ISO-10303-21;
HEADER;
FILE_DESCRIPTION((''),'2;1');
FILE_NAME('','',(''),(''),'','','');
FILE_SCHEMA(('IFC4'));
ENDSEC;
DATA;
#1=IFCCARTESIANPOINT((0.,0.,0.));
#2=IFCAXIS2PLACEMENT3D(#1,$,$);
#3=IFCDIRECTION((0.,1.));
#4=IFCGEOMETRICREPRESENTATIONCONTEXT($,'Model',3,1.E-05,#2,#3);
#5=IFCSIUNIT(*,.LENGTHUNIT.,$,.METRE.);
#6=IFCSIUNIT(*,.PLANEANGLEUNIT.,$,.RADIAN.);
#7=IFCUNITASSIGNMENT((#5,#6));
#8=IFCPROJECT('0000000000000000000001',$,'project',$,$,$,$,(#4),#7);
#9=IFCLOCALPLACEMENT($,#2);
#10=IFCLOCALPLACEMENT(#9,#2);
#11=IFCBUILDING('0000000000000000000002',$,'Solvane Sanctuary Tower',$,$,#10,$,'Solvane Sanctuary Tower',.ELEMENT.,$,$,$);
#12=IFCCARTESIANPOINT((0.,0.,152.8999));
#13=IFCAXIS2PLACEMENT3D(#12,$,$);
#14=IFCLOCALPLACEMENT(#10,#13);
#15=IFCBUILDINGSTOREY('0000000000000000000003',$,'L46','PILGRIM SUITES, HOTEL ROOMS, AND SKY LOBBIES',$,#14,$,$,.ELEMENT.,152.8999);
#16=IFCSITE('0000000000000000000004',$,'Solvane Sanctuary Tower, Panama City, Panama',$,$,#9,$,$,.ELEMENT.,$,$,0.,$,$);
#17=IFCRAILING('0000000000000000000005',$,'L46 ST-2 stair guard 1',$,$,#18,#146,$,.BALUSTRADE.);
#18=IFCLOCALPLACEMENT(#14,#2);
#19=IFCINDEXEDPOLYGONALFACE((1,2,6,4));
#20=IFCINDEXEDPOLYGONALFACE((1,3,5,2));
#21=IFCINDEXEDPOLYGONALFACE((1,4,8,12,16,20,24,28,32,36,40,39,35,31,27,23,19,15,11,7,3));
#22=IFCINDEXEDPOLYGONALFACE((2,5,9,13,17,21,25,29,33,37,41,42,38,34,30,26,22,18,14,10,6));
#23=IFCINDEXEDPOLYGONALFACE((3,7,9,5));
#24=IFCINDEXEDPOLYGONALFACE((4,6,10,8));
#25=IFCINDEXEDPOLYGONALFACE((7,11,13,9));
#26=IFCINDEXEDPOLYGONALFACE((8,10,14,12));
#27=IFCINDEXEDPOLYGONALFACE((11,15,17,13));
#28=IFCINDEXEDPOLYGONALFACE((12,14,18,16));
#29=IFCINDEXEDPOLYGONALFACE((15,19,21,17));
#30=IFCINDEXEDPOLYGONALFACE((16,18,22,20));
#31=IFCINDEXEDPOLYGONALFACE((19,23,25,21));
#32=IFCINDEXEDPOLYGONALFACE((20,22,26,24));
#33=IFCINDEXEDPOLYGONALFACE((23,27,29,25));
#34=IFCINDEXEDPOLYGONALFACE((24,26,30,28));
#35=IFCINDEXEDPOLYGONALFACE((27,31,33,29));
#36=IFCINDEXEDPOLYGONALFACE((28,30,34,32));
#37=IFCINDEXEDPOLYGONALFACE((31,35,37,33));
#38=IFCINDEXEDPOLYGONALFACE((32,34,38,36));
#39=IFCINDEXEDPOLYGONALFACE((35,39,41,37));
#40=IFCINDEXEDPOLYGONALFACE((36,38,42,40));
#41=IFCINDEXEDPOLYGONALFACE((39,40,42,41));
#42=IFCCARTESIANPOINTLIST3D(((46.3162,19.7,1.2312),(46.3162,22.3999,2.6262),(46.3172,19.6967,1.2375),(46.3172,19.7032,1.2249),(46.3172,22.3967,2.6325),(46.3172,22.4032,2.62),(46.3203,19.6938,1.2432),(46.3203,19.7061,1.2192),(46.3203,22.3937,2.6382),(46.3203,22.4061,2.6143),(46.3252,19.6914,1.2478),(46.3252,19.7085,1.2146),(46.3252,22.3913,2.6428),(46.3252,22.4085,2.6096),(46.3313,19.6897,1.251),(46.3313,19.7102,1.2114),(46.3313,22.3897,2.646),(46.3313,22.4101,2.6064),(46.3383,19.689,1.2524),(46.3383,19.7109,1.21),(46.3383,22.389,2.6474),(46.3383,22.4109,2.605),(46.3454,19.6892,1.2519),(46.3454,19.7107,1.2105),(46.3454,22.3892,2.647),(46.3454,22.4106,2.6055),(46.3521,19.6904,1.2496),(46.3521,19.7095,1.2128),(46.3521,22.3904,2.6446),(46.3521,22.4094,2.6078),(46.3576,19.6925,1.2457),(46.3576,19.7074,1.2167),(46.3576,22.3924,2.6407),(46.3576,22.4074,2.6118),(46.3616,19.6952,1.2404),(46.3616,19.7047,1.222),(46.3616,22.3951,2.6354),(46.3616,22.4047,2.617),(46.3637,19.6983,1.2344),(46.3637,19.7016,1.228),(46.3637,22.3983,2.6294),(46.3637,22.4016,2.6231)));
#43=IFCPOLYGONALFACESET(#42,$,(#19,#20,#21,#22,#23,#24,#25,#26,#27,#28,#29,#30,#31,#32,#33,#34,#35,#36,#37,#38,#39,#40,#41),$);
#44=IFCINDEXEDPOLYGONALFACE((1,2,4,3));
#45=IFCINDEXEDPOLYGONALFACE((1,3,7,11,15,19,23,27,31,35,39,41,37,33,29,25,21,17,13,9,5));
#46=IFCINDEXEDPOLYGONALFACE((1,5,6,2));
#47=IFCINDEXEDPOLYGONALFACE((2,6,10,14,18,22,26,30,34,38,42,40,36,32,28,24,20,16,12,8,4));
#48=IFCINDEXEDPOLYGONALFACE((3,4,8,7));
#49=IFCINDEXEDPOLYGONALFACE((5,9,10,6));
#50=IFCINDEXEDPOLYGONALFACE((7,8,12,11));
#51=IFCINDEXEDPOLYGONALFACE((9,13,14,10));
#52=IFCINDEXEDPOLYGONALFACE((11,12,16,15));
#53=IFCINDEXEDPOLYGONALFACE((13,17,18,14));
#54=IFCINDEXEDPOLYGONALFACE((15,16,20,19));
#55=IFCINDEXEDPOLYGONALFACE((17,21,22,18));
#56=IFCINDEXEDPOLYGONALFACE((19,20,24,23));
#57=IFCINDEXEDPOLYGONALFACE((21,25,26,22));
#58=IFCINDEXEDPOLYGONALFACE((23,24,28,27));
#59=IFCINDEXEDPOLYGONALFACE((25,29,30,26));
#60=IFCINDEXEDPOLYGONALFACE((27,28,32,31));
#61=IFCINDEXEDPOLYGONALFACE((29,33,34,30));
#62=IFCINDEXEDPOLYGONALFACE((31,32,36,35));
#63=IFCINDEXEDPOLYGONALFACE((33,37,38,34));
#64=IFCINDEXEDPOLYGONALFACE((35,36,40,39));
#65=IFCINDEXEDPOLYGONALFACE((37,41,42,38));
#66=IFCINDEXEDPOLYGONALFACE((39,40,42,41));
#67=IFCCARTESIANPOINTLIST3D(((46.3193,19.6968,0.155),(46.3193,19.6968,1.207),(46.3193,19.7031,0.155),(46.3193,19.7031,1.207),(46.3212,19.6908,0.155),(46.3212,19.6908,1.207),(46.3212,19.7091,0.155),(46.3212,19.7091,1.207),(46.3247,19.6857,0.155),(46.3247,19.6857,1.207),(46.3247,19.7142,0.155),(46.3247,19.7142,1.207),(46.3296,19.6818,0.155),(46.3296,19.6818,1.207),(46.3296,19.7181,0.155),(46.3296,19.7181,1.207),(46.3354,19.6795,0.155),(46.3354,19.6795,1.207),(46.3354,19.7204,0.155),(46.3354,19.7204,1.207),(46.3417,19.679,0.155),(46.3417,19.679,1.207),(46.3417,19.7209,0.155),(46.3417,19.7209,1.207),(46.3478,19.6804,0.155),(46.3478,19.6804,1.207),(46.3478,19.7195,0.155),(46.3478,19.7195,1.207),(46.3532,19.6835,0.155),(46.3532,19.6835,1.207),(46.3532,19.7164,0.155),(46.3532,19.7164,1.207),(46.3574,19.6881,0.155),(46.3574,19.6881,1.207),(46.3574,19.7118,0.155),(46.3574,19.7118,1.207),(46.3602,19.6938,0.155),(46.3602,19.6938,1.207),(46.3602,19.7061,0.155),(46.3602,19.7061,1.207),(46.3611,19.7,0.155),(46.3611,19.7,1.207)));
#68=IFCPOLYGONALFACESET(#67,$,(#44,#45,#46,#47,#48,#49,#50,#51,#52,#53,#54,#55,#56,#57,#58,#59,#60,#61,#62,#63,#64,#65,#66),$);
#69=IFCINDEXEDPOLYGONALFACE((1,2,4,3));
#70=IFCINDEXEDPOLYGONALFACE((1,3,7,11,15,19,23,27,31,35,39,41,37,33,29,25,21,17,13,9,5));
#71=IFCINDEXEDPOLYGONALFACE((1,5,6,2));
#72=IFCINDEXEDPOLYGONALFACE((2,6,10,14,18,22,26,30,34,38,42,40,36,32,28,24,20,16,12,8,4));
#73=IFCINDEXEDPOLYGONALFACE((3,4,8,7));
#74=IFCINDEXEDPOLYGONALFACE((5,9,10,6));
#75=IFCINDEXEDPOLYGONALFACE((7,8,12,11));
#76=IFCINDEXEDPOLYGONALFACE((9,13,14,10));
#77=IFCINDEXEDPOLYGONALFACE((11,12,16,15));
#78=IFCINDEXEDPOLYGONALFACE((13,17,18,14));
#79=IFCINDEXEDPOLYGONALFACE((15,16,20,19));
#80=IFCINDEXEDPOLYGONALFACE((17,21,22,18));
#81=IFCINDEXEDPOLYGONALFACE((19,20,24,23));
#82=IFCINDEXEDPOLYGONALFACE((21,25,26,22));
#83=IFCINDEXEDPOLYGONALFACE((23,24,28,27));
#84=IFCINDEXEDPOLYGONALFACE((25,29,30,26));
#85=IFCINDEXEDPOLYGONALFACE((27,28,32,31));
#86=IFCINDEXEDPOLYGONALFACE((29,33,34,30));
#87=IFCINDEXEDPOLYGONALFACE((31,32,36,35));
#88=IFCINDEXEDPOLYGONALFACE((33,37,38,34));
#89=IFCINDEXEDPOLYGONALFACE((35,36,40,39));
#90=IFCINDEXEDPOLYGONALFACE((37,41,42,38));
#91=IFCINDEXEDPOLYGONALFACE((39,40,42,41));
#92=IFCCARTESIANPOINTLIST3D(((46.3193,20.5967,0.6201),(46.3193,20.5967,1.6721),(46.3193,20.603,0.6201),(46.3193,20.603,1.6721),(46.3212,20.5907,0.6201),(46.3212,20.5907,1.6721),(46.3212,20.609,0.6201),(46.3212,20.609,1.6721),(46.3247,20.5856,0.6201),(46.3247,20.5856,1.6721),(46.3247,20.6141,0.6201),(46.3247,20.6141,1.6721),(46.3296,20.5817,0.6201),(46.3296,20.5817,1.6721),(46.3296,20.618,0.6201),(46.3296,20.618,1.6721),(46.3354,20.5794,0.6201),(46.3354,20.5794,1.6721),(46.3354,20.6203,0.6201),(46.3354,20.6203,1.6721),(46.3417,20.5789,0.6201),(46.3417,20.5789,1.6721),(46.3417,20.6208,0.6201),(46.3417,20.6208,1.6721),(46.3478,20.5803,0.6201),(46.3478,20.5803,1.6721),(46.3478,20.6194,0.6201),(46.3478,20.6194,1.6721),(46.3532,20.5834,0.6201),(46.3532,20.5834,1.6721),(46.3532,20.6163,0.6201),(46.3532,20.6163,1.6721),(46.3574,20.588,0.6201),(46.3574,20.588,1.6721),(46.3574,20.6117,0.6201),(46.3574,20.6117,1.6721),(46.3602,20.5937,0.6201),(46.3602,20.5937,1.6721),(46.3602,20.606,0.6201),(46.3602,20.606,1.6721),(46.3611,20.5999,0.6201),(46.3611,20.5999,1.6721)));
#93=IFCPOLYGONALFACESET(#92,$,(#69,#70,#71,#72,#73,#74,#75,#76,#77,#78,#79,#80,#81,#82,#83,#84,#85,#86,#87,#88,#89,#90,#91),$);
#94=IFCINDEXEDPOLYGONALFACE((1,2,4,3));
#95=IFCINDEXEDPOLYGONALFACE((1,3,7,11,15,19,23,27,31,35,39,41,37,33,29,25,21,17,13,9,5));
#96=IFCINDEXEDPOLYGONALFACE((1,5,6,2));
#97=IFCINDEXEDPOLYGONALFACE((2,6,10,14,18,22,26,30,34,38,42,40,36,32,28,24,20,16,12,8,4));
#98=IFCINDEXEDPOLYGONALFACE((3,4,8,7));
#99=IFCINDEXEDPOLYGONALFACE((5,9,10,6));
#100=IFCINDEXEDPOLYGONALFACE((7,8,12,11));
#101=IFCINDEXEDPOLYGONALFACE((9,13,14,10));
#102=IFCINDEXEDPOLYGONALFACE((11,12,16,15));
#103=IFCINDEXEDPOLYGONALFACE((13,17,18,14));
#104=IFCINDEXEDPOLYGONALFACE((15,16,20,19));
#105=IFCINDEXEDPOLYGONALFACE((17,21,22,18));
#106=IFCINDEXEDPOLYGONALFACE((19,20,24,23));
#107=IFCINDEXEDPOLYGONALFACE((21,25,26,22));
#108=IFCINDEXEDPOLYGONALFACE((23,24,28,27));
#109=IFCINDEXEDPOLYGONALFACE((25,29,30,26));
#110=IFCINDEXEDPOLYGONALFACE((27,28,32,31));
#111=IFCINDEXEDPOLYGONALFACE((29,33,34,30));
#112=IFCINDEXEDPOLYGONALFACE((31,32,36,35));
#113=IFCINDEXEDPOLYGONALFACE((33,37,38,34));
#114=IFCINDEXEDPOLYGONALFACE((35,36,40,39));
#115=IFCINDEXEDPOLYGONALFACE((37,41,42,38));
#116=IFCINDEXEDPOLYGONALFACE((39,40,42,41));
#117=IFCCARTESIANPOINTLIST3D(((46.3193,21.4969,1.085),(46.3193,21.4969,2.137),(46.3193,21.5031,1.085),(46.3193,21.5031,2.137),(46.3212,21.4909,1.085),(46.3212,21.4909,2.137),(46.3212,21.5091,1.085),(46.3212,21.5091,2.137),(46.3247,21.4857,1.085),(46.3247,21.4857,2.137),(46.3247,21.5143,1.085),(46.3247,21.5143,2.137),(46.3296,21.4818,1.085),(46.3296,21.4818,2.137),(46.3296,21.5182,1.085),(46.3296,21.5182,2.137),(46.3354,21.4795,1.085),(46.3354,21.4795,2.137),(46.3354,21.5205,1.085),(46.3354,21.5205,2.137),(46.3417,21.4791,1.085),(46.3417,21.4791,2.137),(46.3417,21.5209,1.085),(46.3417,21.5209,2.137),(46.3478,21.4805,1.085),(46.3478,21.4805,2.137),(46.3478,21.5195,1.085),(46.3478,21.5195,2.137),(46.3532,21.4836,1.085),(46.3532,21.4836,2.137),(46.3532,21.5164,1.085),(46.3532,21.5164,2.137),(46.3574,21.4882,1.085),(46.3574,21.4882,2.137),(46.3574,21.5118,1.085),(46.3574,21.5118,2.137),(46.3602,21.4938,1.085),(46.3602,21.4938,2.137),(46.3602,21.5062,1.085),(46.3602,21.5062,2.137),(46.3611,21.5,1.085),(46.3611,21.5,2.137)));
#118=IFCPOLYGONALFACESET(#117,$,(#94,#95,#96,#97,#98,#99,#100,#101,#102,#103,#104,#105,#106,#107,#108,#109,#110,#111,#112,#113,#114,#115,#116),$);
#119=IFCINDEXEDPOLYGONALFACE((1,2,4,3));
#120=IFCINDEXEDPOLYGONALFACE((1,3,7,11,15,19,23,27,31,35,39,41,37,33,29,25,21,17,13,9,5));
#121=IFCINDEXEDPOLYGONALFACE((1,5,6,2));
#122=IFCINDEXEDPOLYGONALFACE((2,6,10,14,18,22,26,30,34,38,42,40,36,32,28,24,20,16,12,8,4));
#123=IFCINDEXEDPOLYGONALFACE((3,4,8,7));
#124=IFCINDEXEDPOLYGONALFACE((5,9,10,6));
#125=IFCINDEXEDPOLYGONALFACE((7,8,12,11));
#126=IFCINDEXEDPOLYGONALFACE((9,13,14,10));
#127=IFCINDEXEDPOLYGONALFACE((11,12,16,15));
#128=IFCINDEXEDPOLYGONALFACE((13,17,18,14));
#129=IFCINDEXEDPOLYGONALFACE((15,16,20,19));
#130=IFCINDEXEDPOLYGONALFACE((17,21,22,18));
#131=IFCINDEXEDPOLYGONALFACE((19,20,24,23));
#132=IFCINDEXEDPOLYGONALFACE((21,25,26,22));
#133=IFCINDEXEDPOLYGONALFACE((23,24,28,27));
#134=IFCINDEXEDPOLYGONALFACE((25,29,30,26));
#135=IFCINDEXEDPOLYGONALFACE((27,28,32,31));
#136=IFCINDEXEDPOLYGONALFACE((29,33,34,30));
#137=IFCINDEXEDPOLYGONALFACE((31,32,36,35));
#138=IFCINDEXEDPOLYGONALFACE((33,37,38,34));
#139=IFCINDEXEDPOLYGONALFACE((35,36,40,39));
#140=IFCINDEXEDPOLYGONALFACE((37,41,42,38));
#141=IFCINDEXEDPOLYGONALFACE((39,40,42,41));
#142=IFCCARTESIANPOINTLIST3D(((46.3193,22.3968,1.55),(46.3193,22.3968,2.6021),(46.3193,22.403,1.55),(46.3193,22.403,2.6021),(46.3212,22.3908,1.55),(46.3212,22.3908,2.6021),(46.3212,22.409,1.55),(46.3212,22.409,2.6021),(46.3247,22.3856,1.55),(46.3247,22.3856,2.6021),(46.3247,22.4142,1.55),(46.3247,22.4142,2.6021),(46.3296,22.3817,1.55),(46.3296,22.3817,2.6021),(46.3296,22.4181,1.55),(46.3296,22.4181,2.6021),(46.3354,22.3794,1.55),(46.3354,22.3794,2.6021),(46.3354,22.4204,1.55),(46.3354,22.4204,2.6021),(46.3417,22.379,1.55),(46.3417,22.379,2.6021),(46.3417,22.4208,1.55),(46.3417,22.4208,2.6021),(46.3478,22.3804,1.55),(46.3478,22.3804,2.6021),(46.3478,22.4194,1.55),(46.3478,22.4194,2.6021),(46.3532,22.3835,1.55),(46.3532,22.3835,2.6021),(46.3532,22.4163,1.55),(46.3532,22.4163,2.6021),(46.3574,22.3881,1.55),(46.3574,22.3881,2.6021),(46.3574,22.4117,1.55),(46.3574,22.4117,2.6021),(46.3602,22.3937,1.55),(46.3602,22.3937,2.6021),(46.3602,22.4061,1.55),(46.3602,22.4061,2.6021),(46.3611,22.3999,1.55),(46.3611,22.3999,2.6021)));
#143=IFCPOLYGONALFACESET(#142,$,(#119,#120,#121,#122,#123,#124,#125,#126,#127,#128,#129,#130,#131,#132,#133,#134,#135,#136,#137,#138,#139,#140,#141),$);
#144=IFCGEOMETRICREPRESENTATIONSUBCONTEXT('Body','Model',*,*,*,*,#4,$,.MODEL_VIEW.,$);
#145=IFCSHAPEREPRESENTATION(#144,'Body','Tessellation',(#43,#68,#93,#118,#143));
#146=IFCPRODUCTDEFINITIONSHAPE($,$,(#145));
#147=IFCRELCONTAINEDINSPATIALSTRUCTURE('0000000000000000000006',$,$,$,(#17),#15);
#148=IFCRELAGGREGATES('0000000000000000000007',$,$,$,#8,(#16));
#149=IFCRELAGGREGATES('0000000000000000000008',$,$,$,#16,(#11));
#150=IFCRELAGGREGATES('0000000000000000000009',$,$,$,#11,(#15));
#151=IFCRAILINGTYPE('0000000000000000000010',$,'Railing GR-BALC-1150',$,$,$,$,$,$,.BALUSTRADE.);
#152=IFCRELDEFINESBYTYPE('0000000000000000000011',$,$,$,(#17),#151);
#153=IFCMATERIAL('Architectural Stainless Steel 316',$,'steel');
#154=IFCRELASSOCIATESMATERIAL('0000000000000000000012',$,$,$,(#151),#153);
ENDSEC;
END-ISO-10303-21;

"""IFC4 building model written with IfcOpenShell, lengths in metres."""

from ifc_helpers import new_model, si_unit, direction, frame, origin, origin_2d, place, context, subcontext, project, spatial, circle, extrude, material, type_object, element, save


model = new_model("IFC4")

# Units and contexts
model_context = context("Model", 3, precision=1e-05, world=origin(), true_north=direction((0.0, 1.0)))
body_context = subcontext(model_context, "Body", "Model", "MODEL_VIEW")
ifc_project = project(units=[si_unit("LENGTHUNIT", "METRE"), si_unit("PLANEANGLEUNIT", "RADIAN")], contexts=[model_context])

# Site, building, storey
site_placement = place(None, origin())
site = spatial("IfcSite", under=ifc_project, at=site_placement, Name="Solvane Sanctuary Tower, Panama City, Panama", CompositionType="ELEMENT", RefElevation=0.0)
building_placement = place(site_placement, origin())
building = spatial("IfcBuilding", under=site, at=building_placement, Name="Solvane Sanctuary Tower", LongName="Solvane Sanctuary Tower", CompositionType="ELEMENT")
storey_placement = place(building_placement, frame((0.0, 0.0, 152.8999)))
storey = spatial("IfcBuildingStorey", under=building, at=storey_placement, Name="L46", Description="PILGRIM SUITES, HOTEL ROOMS, AND SKY LOBBIES", CompositionType="ELEMENT", Elevation=152.8999)

# Shared definitions
ifc_material_1 = material(Name="Architectural Stainless Steel 316", Category="steel")

# Railing
railing_type_1 = type_object("IfcRailingType", Name="Railing GR-BALC-1150", PredefinedType="BALUSTRADE", material=ifc_material_1)
railing_1_placement = place(storey_placement, frame((46.3401, 19.7, 0.155)))
element("IfcRailing", 1, at=railing_1_placement, inside=storey, type_object=railing_type_1, Name="L46 ST-2 stair guard 1", PredefinedType="BALUSTRADE", context=body_context, shape_type="SweptSolid", body=[
    extrude(circle(Radius=0.0239, at=origin_2d()), frame((0.0, 0.0, 1.0762), z_axis=(0.0, 0.88842, 0.459032), x_axis=(-1.0, 0.0, 0.0)), (0.0, 0.0, 1.0), 3.0391),
    extrude(circle(Radius=0.021, at=origin_2d()), origin(), (0.0, 0.0, 1.0), 1.052),
    extrude(circle(Radius=0.021, at=origin_2d()), frame((0.0, 0.8999, 0.4651)), (0.0, 0.0, 1.0), 1.052),
    extrude(circle(Radius=0.021, at=origin_2d()), frame((0.0, 1.8, 0.9299)), (0.0, 0.0, 1.0), 1.052),
    extrude(circle(Radius=0.021, at=origin_2d()), frame((0.0, 2.7, 1.395)), (0.0, 0.0, 1.0), 1.052),
])

save(model, "model.ifc")
